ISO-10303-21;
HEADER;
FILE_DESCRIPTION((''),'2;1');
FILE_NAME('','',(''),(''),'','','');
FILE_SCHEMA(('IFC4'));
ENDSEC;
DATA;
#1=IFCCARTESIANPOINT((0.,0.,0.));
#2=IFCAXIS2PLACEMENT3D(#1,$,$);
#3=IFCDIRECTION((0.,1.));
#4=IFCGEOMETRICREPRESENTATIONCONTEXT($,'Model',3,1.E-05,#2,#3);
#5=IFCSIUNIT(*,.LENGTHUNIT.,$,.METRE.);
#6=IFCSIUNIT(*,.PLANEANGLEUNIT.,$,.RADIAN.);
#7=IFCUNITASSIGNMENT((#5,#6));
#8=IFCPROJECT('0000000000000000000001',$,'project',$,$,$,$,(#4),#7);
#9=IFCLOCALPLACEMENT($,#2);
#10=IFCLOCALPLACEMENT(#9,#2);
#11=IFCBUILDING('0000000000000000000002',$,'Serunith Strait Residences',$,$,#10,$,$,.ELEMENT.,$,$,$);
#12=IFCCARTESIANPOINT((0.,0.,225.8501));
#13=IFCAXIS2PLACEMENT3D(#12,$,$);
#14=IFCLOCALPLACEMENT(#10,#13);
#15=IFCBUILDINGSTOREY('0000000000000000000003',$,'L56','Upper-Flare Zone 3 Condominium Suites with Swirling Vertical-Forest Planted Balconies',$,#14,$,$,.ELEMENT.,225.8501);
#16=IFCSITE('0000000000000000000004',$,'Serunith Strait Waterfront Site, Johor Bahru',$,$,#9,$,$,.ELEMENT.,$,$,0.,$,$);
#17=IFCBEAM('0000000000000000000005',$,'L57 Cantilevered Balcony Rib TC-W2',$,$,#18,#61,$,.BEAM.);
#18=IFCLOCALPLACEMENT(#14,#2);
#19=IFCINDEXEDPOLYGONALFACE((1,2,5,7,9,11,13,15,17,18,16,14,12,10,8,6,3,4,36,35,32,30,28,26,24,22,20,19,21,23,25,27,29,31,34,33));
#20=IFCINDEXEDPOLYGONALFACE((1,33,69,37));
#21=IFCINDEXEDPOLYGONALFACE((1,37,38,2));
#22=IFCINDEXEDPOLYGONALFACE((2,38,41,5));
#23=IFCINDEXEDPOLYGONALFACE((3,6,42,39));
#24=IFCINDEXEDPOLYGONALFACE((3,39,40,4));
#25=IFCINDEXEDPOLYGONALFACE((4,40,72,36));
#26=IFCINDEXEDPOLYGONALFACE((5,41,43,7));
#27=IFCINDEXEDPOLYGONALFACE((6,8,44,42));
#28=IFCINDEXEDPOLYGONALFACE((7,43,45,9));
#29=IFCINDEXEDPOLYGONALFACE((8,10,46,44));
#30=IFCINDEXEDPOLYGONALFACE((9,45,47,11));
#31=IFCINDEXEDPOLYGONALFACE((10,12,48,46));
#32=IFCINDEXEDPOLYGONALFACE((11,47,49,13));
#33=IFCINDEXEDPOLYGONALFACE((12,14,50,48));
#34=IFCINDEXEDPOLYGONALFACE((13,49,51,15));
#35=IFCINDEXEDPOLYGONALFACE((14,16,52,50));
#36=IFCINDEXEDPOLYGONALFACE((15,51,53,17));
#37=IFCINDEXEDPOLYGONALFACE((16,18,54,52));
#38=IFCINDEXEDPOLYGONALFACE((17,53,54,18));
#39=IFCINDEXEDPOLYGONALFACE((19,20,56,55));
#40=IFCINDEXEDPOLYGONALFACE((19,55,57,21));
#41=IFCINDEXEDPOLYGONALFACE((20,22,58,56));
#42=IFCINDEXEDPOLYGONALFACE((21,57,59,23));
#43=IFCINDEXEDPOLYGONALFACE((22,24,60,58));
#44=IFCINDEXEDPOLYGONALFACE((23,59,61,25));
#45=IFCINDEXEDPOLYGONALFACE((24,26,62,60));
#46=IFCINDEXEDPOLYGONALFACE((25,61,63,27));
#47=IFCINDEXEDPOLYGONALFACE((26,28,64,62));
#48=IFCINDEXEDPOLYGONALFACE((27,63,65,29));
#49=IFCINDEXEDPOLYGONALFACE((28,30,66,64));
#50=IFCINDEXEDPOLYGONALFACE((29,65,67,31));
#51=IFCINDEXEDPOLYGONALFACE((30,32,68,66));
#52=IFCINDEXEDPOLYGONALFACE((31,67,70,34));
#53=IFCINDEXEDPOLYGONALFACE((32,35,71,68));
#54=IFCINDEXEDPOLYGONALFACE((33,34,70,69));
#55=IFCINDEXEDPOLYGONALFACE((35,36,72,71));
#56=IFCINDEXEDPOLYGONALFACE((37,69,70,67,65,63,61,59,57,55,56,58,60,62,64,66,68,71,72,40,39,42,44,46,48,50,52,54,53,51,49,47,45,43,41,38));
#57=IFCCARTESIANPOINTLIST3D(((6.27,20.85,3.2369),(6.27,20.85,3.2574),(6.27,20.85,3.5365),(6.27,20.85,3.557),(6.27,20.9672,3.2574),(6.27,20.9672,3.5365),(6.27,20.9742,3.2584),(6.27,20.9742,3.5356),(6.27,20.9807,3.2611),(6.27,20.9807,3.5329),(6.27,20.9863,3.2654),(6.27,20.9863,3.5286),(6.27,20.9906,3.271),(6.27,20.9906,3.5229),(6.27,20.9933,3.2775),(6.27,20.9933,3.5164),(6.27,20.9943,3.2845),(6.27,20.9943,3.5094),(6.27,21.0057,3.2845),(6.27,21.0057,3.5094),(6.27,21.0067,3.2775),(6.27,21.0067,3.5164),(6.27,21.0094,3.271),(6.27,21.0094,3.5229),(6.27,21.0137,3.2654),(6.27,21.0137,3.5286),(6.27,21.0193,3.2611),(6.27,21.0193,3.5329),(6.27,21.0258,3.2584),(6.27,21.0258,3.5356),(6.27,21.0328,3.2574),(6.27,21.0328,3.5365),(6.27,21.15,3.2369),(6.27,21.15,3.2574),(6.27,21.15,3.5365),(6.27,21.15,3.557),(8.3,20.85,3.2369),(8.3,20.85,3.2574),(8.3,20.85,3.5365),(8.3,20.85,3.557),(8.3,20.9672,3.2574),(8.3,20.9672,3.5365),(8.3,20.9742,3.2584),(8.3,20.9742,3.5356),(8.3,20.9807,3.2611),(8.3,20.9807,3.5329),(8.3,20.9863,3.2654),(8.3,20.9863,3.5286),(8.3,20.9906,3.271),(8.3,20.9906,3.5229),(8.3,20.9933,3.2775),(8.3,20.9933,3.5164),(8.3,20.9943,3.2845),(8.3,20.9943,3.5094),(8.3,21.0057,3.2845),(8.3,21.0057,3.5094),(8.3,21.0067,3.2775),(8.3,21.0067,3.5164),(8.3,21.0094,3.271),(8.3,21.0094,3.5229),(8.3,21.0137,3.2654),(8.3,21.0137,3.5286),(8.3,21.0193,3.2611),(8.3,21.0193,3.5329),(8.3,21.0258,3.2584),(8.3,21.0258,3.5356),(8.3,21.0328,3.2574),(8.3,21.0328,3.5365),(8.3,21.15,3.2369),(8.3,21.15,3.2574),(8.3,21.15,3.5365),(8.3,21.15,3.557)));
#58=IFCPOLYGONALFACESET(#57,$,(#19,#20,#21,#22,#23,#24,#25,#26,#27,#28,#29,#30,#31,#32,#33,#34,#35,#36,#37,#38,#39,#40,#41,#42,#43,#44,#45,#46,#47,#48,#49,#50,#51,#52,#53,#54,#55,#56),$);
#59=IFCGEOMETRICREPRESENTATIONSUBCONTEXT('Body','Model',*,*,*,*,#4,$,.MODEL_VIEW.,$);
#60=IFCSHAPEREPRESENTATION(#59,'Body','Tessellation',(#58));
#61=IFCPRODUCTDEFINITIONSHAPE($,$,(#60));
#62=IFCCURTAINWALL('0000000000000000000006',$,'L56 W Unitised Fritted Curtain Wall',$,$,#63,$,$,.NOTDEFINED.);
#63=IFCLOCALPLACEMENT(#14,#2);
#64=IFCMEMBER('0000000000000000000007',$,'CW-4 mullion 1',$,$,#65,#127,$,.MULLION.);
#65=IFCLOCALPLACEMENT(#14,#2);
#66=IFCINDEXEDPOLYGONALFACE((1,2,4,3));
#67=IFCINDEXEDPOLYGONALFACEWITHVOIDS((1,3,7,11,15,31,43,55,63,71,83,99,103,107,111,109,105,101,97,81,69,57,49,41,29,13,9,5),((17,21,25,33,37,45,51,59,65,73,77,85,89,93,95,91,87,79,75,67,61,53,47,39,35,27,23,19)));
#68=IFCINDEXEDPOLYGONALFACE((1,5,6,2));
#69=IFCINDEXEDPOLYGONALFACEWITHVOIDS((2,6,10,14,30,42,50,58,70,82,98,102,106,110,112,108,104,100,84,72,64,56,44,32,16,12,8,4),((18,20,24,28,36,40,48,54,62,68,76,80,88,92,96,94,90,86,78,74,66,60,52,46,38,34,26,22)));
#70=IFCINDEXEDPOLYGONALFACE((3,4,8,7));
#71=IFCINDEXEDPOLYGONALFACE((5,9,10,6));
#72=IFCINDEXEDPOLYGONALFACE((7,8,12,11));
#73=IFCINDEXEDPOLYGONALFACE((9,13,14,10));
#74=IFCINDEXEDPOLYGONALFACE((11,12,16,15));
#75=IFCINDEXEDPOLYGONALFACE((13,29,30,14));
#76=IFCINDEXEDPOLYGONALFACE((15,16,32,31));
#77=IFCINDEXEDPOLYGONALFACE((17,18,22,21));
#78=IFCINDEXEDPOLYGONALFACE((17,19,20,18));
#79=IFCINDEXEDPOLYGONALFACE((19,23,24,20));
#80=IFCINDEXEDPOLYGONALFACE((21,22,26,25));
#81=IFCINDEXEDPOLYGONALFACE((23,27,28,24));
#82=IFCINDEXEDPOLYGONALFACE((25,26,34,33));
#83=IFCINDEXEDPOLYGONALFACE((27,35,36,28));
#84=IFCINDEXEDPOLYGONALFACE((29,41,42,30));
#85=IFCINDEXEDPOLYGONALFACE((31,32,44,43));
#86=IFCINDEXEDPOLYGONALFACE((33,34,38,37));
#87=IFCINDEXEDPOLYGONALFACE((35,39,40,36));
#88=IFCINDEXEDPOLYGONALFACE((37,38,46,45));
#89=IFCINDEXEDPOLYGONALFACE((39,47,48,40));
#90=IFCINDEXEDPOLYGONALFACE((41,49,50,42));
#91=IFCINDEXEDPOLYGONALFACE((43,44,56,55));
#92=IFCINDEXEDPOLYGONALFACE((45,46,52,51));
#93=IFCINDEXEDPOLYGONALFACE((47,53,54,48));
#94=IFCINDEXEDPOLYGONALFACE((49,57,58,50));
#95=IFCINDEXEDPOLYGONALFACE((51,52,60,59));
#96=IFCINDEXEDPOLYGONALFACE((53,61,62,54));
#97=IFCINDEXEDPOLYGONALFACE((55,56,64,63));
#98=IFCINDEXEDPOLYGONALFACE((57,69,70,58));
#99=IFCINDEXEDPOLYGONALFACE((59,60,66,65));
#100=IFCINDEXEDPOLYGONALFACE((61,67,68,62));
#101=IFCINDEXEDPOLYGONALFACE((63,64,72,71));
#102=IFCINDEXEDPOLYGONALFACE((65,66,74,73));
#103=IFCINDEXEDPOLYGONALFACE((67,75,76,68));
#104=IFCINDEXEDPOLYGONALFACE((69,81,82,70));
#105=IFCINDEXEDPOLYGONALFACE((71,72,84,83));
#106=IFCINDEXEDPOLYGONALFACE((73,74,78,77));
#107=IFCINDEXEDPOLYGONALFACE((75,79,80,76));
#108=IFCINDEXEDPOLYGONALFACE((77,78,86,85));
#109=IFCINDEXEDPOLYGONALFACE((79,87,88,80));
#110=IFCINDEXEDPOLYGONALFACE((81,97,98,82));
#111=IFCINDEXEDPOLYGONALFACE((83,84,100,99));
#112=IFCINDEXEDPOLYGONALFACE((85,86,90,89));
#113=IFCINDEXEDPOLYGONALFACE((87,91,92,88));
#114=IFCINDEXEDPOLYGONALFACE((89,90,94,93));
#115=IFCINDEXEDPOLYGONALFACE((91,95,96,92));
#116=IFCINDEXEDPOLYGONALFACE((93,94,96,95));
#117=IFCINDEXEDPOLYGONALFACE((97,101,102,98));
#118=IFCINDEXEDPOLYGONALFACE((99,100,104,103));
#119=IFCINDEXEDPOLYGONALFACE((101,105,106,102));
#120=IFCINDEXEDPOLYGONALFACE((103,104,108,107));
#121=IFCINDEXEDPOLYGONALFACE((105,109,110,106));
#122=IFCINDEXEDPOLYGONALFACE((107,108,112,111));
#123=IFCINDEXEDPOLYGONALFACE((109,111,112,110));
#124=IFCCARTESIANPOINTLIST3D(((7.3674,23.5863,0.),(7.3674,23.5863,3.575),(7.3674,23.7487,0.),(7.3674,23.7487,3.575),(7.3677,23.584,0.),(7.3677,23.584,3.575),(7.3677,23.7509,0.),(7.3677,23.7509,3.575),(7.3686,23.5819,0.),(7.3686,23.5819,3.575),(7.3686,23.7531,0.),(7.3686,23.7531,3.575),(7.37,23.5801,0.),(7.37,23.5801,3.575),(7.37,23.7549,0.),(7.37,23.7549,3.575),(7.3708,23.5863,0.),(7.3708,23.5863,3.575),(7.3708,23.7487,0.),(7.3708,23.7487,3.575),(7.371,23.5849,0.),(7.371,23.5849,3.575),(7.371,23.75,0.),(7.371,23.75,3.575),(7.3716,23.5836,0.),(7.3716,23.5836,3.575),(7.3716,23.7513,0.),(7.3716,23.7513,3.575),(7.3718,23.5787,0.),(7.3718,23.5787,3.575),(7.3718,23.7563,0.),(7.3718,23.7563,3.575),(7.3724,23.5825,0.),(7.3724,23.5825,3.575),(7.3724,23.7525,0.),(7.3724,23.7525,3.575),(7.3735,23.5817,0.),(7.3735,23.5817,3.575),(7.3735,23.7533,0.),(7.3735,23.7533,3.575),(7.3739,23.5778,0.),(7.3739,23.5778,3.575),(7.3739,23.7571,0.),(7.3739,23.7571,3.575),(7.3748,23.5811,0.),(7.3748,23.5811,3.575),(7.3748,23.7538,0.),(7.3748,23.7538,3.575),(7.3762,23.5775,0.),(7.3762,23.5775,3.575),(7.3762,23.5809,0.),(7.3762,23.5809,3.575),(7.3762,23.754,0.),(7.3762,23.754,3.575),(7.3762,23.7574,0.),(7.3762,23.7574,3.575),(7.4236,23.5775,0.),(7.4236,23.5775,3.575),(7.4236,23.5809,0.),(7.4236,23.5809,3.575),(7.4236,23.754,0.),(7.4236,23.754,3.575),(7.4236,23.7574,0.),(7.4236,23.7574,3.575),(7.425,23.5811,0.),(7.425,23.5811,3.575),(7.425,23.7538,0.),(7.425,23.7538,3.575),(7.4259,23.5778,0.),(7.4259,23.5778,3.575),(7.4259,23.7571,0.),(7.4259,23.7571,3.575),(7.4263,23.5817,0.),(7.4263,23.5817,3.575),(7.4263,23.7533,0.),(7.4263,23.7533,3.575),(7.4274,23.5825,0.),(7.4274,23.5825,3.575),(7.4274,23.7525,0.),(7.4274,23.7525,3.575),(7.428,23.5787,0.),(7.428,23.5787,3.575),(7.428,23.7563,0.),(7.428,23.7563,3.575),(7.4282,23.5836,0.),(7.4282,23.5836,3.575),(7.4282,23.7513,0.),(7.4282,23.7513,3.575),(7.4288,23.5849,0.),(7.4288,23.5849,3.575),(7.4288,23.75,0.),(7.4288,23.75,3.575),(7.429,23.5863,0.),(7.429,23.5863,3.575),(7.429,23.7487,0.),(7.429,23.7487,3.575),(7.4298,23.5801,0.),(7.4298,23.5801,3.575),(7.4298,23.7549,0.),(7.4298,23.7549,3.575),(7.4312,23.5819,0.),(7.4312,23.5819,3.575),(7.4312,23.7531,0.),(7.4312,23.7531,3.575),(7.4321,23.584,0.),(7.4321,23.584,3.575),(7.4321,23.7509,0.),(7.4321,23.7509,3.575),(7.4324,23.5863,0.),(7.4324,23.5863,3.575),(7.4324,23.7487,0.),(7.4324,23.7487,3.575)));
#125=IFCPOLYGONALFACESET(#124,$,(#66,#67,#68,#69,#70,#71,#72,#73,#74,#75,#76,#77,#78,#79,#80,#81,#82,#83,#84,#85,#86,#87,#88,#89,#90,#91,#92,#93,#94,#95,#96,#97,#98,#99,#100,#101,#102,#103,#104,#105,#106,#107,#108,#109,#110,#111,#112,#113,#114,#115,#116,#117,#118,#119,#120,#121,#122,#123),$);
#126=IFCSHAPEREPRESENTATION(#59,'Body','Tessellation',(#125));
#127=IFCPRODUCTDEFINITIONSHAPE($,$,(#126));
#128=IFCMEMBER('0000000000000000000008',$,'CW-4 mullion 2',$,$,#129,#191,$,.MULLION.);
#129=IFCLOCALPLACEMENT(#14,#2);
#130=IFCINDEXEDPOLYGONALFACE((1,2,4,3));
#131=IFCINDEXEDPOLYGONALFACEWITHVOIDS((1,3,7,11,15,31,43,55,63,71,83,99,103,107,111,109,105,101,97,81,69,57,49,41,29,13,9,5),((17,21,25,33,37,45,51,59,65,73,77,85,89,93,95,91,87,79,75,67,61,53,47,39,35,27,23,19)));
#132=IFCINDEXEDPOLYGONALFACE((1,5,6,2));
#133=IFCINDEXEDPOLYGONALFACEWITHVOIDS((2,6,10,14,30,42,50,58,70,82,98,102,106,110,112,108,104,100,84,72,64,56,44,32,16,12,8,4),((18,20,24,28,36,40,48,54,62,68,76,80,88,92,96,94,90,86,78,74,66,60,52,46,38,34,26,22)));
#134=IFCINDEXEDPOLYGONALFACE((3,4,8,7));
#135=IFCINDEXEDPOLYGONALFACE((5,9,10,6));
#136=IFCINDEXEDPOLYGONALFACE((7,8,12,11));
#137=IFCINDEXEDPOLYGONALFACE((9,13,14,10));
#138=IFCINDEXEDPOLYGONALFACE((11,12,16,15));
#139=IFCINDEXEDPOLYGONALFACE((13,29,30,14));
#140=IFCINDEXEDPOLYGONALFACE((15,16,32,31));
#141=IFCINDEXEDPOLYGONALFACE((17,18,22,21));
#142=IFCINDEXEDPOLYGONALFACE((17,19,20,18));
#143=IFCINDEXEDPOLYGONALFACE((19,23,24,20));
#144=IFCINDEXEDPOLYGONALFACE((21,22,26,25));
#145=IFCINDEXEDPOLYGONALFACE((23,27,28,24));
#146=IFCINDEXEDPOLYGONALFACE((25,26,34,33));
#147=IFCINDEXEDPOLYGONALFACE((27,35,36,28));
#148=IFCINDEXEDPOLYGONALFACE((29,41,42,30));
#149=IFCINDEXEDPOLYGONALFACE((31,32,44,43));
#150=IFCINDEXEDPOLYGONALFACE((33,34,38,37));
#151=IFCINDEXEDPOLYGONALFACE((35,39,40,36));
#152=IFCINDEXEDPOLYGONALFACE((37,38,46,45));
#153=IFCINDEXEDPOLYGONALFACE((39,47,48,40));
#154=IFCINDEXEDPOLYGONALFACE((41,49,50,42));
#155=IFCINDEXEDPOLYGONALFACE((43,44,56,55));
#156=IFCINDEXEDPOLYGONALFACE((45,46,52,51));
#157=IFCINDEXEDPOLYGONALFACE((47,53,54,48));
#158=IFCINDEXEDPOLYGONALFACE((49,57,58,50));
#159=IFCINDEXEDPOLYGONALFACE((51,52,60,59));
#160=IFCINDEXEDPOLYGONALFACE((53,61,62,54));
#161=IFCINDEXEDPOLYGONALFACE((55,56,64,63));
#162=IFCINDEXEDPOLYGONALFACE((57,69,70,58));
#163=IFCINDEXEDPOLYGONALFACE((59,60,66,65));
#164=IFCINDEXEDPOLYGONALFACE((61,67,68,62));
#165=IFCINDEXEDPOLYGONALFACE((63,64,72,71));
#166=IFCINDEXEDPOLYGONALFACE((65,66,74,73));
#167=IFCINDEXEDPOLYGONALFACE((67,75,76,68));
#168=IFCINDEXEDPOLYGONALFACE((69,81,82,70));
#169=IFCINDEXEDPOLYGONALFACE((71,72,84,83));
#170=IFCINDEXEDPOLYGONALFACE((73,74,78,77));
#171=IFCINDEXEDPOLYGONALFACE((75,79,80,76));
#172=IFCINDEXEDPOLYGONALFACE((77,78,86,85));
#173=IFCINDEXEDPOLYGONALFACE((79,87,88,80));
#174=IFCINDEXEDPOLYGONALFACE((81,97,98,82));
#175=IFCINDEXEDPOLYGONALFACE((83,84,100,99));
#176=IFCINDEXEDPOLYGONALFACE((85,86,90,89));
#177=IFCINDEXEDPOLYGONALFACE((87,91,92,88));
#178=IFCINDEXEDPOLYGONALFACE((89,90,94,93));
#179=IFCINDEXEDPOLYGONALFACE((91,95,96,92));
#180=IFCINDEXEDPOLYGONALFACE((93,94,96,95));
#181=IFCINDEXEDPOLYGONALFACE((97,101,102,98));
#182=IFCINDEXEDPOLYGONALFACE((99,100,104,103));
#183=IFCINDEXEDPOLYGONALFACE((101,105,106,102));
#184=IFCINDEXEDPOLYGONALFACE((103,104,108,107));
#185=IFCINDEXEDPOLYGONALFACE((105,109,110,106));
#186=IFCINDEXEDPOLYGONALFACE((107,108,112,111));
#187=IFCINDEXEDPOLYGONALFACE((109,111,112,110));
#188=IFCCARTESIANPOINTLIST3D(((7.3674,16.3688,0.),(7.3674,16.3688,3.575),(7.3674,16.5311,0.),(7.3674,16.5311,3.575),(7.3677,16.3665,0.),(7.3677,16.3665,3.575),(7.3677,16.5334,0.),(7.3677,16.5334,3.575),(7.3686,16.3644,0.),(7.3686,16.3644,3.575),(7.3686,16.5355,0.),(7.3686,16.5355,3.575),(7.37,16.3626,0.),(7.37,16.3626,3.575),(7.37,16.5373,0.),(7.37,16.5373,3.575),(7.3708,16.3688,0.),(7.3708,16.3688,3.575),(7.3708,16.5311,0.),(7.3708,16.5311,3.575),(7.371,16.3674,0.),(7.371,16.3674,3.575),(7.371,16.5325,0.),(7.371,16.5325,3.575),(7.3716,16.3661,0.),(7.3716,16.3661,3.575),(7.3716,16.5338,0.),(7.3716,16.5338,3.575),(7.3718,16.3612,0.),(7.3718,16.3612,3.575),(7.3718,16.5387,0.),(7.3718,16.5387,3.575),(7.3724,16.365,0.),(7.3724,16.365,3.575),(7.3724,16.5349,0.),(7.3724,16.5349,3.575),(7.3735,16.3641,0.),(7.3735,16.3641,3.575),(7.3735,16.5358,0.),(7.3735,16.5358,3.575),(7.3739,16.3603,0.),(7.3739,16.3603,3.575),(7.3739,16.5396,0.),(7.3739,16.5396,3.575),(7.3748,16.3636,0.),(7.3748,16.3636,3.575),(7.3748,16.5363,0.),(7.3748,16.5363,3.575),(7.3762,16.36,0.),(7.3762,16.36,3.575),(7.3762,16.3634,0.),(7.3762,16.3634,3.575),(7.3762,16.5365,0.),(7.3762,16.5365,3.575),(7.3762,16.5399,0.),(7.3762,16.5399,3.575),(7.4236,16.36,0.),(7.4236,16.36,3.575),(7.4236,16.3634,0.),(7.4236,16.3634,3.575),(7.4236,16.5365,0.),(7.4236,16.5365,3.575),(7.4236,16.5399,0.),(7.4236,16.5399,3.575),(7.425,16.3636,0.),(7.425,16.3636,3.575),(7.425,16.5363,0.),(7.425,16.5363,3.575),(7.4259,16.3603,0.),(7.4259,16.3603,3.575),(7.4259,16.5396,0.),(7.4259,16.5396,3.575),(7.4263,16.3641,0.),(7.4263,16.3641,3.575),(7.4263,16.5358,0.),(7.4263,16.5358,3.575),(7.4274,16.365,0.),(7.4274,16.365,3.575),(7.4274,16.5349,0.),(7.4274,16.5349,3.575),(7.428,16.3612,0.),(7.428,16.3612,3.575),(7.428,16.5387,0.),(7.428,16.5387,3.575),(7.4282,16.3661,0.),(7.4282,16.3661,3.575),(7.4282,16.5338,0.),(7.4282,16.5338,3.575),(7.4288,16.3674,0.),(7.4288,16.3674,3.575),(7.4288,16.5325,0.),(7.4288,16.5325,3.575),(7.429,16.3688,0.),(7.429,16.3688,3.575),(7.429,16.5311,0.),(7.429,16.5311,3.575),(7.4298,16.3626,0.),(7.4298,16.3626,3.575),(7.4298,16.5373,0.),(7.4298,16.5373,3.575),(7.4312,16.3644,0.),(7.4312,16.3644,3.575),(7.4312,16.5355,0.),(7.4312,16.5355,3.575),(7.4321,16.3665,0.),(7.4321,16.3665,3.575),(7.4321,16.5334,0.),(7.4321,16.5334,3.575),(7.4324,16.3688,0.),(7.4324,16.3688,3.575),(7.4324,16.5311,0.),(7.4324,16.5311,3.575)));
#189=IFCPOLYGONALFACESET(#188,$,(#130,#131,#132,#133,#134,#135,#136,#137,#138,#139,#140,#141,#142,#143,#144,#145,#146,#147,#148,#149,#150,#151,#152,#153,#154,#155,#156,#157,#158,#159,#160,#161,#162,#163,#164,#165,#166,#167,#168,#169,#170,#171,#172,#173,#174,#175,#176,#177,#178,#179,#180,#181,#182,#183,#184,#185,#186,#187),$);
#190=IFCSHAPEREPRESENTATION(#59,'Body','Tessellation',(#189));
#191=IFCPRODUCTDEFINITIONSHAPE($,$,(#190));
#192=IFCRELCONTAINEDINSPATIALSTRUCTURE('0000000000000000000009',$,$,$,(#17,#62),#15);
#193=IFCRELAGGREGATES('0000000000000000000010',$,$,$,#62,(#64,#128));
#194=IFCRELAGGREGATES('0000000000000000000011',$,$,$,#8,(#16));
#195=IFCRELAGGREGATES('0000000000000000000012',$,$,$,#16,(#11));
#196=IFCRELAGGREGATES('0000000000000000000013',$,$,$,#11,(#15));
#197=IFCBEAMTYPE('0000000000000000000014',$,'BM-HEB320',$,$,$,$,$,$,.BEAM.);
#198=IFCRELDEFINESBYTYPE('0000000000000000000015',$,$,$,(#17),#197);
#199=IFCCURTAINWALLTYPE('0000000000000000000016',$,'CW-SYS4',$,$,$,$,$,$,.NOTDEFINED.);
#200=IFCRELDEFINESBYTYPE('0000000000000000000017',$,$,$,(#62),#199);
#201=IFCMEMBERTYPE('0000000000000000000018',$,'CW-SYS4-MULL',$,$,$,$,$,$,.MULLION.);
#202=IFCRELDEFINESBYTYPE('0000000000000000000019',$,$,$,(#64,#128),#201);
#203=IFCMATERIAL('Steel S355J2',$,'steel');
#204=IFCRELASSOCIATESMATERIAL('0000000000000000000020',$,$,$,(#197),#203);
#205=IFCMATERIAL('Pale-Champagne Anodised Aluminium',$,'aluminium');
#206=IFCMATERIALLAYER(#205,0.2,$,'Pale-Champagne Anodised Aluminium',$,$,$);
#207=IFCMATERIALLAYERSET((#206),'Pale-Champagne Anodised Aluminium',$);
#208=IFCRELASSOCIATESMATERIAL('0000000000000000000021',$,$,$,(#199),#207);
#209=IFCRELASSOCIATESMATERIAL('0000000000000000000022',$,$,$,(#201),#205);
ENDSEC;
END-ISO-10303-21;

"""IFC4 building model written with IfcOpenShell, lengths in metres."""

from ifc_helpers import new_model, si_unit, direction, frame, origin, origin_2d, place, context, subcontext, project, spatial, hollow_rectangle, i_section, extrude, source, transform, mapped, material, layer, layer_set, material_profile, profile_set, type_object, element, aggregate, save


model = new_model("IFC4")

# Units and contexts
model_context = context("Model", 3, precision=1e-05, world=origin(), true_north=direction((0.0, 1.0)))
body_context = subcontext(model_context, "Body", "Model", "MODEL_VIEW")
ifc_project = project(units=[si_unit("LENGTHUNIT", "METRE"), si_unit("PLANEANGLEUNIT", "RADIAN")], contexts=[model_context])

# Site, building, storey
site_placement = place(None, origin())
site = spatial("IfcSite", under=ifc_project, at=site_placement, Name="Serunith Strait Waterfront Site, Johor Bahru", CompositionType="ELEMENT", RefElevation=0.0)
building_placement = place(site_placement, origin())
building = spatial("IfcBuilding", under=site, at=building_placement, Name="Serunith Strait Residences", CompositionType="ELEMENT")
storey_placement = place(building_placement, frame((0.0, 0.0, 225.8501)))
storey = spatial("IfcBuildingStorey", under=building, at=storey_placement, Name="L56", Description="Upper-Flare Zone 3 Condominium Suites with Swirling Vertical-Forest Planted Balconies", CompositionType="ELEMENT", Elevation=225.8501)

# Beam
ifc_material_1 = material(Name="Steel S355J2", Category="steel")
ifc_material_profile_1 = material_profile(ifc_material_1, i_section(OverallWidth=0.3, OverallDepth=0.3201, WebThickness=0.0115, FlangeThickness=0.0205, FilletRadius=0.0271, at=origin_2d()), Name="HEB 320")
ifc_profile_set_1 = profile_set([ifc_material_profile_1], Name="Steel S355J2")
beam_type_1 = type_object("IfcBeamType", Name="BM-HEB320", PredefinedType="BEAM", material=ifc_profile_set_1)
shared_shape_1 = source(origin(), body_context, "Body", "SweptSolid", [
    extrude(i_section(OverallWidth=0.3, OverallDepth=0.3201, WebThickness=0.0115, FlangeThickness=0.0205, FilletRadius=0.0271, at=origin_2d()), origin(), (0.0, 0.0, 1.0), 2.03),
])
for number, where, z_axis, x_axis, name in (
    (1, (8.3, 21.0, 3.397), (-1.0, 0.0, 0.0), (0.0, -1.0, 0.0), "L57 Cantilevered Balcony Rib TC-W2"),
):
    element("IfcBeam", number, at=place(storey_placement, frame(where, z_axis=z_axis, x_axis=x_axis)), inside=storey, type_object=beam_type_1, Name=name, PredefinedType="BEAM", context=body_context, shape_type="MappedRepresentation", body=[
        mapped(shared_shape_1, transform((0.0, 0.0, 0.0), scale=1.0)),
    ])

# Curtain wall, members
ifc_material_2 = material(Name="Pale-Champagne Anodised Aluminium", Category="aluminium")
ifc_layer_1 = layer(ifc_material_2, 0.2, Name="Pale-Champagne Anodised Aluminium")
ifc_layer_set_1 = layer_set([ifc_layer_1], Name="Pale-Champagne Anodised Aluminium")
curtain_wall_type = type_object("IfcCurtainWallType", Name="CW-SYS4", PredefinedType="NOTDEFINED", material=ifc_layer_set_1)
curtain_wall_placement = place(storey_placement, origin())
curtain_wall = element("IfcCurtainWall", 2, at=curtain_wall_placement, inside=storey, type_object=curtain_wall_type, Name="L56 W Unitised Fritted Curtain Wall", PredefinedType="NOTDEFINED")
ifc_material_profile_2 = material_profile(ifc_material_2, hollow_rectangle(XDim=0.0649, YDim=0.1799, WallThickness=0.0034, InnerFilletRadius=0.0054, OuterFilletRadius=0.0088, at=origin_2d()), Name="ALU 180x65x3.5")
ifc_profile_set_2 = profile_set([ifc_material_profile_2], Name="Pale-Champagne Anodised Aluminium")
member_type_1 = type_object("IfcMemberType", Name="CW-SYS4-MULL", PredefinedType="MULLION", material=ifc_profile_set_2)
shared_shape_2 = source(origin(), body_context, "Body", "SweptSolid", [
    extrude(hollow_rectangle(XDim=0.0649, YDim=0.1799, WallThickness=0.0034, InnerFilletRadius=0.0054, OuterFilletRadius=0.0088, at=origin_2d()), origin(), (0.0, 0.0, 1.0), 3.575),
])
member_1_placement = place(storey_placement, frame((7.3999, 23.6675, 0.0), z_axis=(0.0, 0.0, 1.0), x_axis=(1.0, 0.0, 0.0)))
member_1 = element("IfcMember", 3, at=member_1_placement, type_object=member_type_1, Name="CW-4 mullion 1", PredefinedType="MULLION", context=body_context, shape_type="MappedRepresentation", body=[
    mapped(shared_shape_2, transform((0.0, 0.0, 0.0), scale=1.0)),
])
member_2_placement = place(storey_placement, frame((7.3999, 16.45, 0.0), z_axis=(0.0, 0.0, 1.0), x_axis=(1.0, 0.0, 0.0)))
member_2 = element("IfcMember", 4, at=member_2_placement, type_object=member_type_1, Name="CW-4 mullion 2", PredefinedType="MULLION", context=body_context, shape_type="MappedRepresentation", body=[
    mapped(shared_shape_2, transform((0.0, 0.0, 0.0), scale=1.0)),
])
aggregate(curtain_wall, [member_1, member_2])

save(model, "model.ifc")
